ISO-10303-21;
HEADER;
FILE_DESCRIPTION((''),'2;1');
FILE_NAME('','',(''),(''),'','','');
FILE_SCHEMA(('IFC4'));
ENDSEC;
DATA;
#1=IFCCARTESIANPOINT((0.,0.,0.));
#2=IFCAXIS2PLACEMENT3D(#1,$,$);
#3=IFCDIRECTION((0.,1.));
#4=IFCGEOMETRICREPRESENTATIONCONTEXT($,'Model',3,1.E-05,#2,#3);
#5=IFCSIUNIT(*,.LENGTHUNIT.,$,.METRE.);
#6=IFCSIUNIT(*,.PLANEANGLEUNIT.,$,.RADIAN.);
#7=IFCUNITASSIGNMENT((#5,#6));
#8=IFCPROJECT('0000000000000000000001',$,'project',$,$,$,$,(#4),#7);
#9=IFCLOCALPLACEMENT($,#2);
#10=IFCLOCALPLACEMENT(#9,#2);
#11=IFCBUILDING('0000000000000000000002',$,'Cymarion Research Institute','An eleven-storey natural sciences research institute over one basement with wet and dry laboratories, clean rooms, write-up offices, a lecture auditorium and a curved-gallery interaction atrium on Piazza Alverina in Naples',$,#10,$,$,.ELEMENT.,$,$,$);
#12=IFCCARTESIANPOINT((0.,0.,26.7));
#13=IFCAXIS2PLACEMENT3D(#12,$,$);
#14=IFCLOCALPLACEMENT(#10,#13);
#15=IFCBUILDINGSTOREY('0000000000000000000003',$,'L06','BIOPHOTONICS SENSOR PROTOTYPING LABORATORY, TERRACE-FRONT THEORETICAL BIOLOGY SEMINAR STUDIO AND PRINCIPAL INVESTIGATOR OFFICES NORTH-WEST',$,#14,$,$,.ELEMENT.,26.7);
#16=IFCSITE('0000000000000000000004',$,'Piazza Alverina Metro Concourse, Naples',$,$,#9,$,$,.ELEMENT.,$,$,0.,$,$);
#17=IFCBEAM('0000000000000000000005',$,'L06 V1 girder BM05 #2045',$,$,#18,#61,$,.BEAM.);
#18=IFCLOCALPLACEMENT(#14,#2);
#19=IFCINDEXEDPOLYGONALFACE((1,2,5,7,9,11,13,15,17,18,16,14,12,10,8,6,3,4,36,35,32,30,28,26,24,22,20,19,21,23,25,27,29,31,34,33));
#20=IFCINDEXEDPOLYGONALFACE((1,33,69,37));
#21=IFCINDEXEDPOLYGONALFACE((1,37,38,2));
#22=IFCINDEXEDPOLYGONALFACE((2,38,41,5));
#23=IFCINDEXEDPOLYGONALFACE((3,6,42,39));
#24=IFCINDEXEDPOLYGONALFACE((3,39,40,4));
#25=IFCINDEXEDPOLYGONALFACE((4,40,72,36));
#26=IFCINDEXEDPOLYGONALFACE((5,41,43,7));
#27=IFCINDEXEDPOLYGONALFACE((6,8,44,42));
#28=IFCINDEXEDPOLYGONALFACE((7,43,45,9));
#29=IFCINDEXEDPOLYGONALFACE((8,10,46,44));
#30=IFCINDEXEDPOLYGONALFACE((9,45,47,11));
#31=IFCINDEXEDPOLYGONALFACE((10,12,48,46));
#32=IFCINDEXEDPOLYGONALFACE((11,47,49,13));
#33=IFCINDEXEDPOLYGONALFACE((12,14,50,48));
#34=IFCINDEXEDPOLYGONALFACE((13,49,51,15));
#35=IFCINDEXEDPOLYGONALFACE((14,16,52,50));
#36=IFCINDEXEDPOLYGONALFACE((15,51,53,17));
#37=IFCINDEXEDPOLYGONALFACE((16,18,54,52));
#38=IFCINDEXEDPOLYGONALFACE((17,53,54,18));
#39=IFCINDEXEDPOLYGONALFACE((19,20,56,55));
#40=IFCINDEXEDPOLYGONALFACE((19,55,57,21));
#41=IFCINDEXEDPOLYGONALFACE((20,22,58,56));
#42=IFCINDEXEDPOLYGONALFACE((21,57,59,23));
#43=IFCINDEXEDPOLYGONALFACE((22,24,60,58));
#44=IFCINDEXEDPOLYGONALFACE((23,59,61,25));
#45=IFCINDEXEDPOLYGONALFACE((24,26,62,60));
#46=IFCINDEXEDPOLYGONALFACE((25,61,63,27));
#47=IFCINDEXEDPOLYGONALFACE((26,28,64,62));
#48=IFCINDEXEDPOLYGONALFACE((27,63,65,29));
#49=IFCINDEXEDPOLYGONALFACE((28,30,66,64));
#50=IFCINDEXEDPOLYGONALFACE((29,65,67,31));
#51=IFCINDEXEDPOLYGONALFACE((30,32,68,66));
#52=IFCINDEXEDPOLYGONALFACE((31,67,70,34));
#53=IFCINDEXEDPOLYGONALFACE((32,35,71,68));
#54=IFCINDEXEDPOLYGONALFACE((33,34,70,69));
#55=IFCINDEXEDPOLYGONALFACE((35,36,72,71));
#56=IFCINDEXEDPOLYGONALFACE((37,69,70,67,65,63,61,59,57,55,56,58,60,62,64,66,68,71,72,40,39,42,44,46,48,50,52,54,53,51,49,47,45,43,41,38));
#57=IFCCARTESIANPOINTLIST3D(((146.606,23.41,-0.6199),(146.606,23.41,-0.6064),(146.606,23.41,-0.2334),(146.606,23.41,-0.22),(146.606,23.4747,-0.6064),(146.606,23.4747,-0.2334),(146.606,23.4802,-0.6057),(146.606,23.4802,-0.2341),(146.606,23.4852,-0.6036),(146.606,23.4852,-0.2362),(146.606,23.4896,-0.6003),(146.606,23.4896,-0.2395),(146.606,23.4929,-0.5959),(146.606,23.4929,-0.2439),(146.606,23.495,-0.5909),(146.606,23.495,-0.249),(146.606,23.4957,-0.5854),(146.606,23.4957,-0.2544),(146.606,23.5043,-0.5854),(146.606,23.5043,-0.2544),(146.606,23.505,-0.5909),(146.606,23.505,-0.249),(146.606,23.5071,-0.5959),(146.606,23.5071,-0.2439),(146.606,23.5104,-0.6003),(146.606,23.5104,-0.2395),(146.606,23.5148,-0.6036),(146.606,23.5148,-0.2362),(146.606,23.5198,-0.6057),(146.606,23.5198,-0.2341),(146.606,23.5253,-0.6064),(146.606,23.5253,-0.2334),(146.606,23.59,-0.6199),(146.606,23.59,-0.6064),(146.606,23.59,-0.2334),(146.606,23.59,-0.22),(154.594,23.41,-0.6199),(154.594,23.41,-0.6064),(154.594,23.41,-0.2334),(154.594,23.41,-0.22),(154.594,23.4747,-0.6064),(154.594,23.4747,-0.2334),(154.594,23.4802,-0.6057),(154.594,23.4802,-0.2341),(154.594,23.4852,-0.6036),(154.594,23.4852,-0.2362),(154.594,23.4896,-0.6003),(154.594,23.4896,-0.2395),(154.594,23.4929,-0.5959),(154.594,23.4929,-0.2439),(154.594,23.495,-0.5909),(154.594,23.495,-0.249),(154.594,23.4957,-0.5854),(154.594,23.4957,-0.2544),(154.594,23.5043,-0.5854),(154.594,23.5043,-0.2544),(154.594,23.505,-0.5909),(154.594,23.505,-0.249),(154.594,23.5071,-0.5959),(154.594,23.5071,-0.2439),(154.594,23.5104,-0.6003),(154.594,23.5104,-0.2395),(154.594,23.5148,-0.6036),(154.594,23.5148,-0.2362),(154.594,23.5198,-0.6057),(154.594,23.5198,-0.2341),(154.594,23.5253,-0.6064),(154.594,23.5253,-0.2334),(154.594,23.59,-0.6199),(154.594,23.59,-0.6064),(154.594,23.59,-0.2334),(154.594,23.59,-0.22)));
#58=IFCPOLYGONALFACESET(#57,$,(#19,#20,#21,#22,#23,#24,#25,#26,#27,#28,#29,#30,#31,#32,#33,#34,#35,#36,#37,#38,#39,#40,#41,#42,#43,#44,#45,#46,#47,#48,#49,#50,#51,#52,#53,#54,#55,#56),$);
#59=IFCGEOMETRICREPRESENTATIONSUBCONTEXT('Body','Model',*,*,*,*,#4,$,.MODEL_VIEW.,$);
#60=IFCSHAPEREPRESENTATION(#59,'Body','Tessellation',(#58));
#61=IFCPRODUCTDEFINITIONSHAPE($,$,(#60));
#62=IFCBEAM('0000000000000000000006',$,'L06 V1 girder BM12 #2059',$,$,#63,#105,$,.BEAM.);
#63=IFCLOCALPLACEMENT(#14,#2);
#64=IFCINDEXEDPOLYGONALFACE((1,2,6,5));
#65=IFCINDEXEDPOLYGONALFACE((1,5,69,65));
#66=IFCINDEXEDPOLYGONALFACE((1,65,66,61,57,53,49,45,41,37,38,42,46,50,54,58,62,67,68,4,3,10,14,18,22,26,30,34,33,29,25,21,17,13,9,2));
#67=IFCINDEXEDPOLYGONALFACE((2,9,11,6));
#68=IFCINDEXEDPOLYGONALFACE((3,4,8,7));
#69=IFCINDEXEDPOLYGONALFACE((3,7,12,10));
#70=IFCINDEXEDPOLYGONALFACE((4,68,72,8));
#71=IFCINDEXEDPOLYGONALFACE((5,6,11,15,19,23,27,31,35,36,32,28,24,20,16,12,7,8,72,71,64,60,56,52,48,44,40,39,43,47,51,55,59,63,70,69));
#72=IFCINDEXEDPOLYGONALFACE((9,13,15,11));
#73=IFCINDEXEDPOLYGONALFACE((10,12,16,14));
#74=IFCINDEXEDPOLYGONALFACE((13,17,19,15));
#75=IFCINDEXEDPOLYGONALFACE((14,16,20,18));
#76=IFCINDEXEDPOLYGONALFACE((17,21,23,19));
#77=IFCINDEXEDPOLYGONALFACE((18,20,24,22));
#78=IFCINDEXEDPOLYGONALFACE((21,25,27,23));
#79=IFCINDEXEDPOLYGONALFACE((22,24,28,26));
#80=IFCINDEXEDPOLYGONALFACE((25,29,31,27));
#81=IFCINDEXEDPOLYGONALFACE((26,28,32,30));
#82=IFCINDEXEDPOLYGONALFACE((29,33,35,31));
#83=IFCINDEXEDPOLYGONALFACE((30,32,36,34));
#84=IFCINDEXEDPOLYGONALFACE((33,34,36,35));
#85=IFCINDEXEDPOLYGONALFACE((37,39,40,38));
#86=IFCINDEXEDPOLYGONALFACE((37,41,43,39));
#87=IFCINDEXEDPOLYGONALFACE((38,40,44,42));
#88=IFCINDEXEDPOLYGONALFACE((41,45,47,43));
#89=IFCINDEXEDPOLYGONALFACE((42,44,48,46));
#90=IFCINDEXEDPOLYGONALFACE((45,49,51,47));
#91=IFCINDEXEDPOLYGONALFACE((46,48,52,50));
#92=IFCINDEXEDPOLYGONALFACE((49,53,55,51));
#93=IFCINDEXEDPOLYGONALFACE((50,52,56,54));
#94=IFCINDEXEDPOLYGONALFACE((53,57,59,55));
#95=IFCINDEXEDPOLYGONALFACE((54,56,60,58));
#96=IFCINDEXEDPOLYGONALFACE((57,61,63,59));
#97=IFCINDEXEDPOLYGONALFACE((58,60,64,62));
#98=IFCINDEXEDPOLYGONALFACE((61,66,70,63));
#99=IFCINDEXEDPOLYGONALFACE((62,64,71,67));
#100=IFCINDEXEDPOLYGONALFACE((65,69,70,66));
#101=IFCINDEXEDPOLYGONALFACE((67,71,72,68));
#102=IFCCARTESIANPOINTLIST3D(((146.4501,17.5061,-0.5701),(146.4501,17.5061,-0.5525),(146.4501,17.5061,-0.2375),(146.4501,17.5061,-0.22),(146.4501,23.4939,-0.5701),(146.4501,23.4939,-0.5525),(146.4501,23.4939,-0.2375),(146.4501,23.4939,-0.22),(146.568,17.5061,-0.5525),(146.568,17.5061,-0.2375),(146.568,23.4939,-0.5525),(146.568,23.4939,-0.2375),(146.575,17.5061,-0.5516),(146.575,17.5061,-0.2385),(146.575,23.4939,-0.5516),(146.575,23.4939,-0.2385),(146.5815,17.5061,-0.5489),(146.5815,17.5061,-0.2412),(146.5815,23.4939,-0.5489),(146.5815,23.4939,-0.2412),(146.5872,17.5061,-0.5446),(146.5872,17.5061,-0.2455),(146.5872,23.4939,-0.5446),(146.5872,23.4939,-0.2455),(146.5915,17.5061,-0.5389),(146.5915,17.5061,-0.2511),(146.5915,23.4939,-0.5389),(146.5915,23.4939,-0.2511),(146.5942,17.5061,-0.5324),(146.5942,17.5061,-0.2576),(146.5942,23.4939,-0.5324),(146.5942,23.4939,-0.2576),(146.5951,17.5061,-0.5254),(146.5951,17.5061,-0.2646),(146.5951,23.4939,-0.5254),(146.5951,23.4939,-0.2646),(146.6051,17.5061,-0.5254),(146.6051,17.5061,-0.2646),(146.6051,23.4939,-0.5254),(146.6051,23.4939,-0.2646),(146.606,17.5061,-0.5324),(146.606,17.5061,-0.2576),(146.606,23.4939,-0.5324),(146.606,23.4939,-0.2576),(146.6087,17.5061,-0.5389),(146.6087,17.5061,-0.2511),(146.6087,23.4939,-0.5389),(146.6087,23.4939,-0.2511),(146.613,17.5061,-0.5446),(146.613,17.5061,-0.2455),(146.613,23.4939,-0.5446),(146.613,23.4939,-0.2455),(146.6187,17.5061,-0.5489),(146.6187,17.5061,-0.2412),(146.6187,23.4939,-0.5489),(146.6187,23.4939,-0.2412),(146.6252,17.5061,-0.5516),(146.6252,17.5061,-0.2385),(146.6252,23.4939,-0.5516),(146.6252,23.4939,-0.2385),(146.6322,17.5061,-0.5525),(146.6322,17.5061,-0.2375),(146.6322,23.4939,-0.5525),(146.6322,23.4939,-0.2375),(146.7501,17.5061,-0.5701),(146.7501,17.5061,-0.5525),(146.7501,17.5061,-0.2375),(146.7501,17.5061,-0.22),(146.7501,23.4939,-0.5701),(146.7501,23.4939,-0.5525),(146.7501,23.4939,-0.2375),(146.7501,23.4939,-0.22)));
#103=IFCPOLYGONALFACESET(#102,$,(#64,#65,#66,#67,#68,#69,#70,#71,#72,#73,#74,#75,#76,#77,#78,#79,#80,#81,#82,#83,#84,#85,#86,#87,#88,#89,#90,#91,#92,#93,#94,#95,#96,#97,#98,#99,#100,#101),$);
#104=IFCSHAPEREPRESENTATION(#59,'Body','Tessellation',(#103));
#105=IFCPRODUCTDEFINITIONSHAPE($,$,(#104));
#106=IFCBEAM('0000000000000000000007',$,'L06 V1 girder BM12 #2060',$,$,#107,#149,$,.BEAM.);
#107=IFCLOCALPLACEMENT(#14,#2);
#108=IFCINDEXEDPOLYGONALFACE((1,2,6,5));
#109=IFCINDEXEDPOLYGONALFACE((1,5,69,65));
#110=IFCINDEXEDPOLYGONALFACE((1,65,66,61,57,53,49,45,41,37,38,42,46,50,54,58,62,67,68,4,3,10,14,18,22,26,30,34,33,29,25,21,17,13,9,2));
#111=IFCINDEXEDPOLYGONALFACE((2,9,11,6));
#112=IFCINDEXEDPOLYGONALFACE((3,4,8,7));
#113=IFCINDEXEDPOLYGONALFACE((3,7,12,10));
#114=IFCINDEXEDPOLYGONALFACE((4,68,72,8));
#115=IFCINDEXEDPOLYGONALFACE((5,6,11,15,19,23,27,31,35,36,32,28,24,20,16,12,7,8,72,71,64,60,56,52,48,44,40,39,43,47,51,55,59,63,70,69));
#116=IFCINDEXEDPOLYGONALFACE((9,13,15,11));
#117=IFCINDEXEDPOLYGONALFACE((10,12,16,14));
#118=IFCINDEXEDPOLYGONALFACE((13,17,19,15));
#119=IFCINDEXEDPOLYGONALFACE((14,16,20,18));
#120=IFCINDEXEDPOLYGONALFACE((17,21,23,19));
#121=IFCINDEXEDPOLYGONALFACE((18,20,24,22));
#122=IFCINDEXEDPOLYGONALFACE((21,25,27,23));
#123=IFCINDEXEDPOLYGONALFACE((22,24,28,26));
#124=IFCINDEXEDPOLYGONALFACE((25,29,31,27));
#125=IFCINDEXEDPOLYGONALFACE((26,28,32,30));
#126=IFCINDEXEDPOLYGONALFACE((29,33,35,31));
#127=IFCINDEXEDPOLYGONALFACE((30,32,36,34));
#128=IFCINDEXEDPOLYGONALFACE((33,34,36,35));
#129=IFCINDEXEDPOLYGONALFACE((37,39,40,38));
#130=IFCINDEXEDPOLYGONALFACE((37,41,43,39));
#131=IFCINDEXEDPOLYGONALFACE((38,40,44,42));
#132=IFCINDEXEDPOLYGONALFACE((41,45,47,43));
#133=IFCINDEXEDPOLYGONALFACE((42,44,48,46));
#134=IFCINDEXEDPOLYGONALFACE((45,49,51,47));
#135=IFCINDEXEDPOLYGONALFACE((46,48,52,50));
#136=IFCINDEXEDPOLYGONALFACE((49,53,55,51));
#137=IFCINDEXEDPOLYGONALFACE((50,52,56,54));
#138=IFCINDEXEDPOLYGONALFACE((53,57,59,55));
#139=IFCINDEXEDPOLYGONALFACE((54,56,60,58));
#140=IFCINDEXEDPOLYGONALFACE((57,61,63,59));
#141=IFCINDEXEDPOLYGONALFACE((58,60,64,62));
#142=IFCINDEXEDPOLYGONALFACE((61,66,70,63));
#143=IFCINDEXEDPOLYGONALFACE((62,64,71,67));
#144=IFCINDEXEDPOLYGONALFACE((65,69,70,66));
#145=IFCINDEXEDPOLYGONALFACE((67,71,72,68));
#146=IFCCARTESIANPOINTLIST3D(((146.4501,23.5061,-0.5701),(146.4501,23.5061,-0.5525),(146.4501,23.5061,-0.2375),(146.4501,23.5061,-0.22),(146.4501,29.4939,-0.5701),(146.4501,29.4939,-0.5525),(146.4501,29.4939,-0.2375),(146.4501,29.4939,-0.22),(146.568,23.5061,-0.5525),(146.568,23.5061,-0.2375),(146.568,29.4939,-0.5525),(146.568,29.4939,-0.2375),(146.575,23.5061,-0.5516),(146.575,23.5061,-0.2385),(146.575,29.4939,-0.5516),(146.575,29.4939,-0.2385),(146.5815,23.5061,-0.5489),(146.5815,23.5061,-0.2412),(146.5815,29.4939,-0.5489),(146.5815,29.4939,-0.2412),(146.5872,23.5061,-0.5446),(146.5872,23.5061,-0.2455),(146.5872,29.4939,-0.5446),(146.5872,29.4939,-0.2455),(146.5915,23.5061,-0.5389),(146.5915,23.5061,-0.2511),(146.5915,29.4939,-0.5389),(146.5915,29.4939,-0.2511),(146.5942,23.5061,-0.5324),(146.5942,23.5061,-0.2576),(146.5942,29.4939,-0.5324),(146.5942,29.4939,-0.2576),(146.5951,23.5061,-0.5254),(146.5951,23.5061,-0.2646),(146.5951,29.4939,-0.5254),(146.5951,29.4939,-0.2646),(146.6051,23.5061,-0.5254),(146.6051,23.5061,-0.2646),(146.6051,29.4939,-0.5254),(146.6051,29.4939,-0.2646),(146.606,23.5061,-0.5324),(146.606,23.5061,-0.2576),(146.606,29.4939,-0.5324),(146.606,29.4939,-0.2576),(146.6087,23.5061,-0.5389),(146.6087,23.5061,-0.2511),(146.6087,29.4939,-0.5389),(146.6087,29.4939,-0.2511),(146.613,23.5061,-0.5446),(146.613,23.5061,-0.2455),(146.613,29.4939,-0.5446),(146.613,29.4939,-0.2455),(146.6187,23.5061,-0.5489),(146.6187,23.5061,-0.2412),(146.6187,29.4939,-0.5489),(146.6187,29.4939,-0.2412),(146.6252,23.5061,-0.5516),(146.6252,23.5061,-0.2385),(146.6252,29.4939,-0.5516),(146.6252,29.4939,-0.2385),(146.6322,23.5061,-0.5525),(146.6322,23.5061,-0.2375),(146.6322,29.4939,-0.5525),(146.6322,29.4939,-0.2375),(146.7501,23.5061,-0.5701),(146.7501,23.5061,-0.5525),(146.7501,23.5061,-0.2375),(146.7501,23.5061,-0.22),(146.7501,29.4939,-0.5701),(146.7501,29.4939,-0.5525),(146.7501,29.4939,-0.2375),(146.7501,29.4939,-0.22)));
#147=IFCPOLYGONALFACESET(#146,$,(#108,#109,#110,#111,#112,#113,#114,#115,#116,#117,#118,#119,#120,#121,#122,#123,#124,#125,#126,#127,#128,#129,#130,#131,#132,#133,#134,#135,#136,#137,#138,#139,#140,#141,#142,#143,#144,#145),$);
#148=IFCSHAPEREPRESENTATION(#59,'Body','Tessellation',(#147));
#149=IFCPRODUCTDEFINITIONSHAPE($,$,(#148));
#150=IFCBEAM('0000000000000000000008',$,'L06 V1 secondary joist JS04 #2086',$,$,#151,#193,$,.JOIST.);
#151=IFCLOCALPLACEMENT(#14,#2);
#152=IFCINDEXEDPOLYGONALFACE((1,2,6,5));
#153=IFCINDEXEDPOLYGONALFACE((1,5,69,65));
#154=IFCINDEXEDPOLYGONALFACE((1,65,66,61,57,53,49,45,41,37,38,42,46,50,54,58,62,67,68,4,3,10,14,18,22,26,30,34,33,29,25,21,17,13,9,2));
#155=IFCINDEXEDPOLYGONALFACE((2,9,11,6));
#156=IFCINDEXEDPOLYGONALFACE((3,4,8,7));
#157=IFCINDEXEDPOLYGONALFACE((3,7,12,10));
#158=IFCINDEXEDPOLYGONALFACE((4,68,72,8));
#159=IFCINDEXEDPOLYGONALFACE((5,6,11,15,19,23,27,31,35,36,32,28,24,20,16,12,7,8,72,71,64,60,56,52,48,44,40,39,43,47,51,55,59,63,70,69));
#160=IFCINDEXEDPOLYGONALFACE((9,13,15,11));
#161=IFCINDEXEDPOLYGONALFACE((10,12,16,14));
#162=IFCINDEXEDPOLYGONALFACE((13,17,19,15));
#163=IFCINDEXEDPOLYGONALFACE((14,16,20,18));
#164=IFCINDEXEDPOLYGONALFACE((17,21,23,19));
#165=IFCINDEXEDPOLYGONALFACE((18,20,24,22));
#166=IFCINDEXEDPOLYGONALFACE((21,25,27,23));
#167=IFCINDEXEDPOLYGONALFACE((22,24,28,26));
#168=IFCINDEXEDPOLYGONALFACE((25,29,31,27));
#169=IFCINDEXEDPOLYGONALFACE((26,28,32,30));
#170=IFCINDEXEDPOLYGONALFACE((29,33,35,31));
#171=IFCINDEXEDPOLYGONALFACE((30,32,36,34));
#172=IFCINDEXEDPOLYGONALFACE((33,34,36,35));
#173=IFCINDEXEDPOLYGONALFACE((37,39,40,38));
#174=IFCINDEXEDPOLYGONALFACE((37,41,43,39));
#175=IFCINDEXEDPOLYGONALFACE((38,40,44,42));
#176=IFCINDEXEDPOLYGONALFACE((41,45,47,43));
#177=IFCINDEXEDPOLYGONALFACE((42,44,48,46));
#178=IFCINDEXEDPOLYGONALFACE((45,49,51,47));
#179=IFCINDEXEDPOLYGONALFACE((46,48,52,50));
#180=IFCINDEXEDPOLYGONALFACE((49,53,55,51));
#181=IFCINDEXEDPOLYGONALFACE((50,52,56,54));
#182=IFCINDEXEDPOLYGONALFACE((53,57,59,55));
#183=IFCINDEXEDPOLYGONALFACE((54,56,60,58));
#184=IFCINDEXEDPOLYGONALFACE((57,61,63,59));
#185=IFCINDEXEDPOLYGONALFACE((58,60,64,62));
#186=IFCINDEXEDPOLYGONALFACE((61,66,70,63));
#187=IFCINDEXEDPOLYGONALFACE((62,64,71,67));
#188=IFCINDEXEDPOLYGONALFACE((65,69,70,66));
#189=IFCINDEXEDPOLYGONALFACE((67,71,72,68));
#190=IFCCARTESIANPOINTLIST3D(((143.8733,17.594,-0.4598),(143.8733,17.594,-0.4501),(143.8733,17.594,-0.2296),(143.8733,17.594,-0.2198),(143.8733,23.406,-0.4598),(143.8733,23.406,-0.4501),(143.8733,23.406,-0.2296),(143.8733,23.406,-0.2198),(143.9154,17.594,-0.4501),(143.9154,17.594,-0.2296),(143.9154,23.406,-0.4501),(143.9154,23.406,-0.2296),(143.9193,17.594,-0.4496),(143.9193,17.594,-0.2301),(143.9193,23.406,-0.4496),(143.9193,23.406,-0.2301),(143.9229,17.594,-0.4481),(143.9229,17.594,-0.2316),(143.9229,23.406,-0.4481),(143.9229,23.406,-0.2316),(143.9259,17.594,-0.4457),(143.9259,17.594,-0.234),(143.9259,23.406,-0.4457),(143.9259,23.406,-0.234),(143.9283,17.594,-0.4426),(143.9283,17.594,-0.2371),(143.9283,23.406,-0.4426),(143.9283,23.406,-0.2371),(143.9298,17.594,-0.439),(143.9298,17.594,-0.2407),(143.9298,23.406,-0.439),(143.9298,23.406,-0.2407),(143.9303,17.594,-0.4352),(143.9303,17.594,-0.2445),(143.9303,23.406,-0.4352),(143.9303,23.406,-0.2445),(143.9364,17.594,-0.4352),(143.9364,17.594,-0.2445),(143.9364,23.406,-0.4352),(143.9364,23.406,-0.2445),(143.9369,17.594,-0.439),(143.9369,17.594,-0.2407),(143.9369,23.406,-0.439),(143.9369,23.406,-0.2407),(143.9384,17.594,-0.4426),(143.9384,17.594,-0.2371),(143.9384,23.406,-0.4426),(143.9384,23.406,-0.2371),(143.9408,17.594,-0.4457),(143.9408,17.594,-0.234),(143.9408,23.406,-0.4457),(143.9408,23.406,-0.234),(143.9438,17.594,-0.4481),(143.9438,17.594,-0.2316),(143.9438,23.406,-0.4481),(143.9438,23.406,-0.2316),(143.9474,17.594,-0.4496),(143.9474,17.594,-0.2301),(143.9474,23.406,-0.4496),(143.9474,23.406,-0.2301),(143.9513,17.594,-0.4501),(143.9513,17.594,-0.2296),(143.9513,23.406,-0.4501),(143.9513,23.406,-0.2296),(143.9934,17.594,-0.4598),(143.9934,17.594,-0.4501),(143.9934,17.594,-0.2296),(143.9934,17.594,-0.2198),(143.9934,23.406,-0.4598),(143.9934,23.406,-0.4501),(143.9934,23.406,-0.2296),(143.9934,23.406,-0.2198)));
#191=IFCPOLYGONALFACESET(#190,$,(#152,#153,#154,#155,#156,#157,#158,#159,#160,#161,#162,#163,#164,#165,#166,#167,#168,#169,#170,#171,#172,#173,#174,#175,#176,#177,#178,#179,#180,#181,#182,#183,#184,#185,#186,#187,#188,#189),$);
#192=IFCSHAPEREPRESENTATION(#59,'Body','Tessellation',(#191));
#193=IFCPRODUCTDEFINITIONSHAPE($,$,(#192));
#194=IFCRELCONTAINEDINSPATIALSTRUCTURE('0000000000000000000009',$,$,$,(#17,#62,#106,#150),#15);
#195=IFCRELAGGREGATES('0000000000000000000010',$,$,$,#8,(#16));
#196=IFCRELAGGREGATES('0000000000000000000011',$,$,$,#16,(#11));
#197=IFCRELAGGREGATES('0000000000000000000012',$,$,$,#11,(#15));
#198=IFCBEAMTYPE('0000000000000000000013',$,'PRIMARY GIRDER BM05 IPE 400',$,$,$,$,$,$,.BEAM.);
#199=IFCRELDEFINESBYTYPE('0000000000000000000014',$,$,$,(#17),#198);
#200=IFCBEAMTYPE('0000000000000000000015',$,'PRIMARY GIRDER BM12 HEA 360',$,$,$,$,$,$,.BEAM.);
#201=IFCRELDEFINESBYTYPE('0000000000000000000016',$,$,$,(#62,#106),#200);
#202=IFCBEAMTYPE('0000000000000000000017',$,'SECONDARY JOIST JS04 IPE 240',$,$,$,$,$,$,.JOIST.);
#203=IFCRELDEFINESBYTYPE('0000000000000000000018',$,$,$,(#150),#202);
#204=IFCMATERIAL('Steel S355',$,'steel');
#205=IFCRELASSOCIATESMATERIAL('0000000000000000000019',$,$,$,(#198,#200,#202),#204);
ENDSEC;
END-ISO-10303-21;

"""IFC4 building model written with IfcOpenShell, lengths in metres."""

from ifc_helpers import new_model, si_unit, direction, frame, origin, origin_2d, place, context, subcontext, project, spatial, i_section, extrude, material, material_profile, profile_set, type_object, element, save


model = new_model("IFC4")

# Units and contexts
model_context = context("Model", 3, precision=1e-05, world=origin(), true_north=direction((0.0, 1.0)))
body_context = subcontext(model_context, "Body", "Model", "MODEL_VIEW")
ifc_project = project(units=[si_unit("LENGTHUNIT", "METRE"), si_unit("PLANEANGLEUNIT", "RADIAN")], contexts=[model_context])

# Site, building, storey
site_placement = place(None, origin())
site = spatial("IfcSite", under=ifc_project, at=site_placement, Name="Piazza Alverina Metro Concourse, Naples", CompositionType="ELEMENT", RefElevation=0.0)
building_placement = place(site_placement, origin())
building = spatial("IfcBuilding", under=site, at=building_placement, Name="Cymarion Research Institute", Description="An eleven-storey natural sciences research institute over one basement with wet and dry laboratories, clean rooms, write-up offices, a lecture auditorium and a curved-gallery interaction atrium on Piazza Alverina in Naples", CompositionType="ELEMENT")
storey_placement = place(building_placement, frame((0.0, 0.0, 26.7)))
storey = spatial("IfcBuildingStorey", under=building, at=storey_placement, Name="L06", Description="BIOPHOTONICS SENSOR PROTOTYPING LABORATORY, TERRACE-FRONT THEORETICAL BIOLOGY SEMINAR STUDIO AND PRINCIPAL INVESTIGATOR OFFICES NORTH-WEST", CompositionType="ELEMENT", Elevation=26.7)

# Shared definitions
ifc_material_1 = material(Name="Steel S355", Category="steel")

# Beams
ifc_material_profile_1 = material_profile(ifc_material_1, i_section(OverallWidth=0.1799, OverallDepth=0.3999, WebThickness=0.0085, FlangeThickness=0.0134, FilletRadius=0.021, at=origin_2d()), Name="IPE 400")
ifc_profile_set_1 = profile_set([ifc_material_profile_1], Name="Steel S355")
beam_type_1 = type_object("IfcBeamType", Name="PRIMARY GIRDER BM05 IPE 400", PredefinedType="BEAM", material=ifc_profile_set_1)
for number, where, z_axis, x_axis, name in (
    (1, (146.606, 23.5, -0.4199), (1.0, 0.0, 0.0), (0.0, 1.0, 0.0), "L06 V1 girder BM05 #2045"),
):
    element("IfcBeam", number, at=place(storey_placement, frame(where, z_axis=z_axis, x_axis=x_axis)), inside=storey, type_object=beam_type_1, Name=name, PredefinedType="BEAM", context=body_context, shape_type="SweptSolid", body=[
        extrude(i_section(OverallWidth=0.1799, OverallDepth=0.3999, WebThickness=0.0085, FlangeThickness=0.0134, FilletRadius=0.021, at=origin_2d()), origin(), (0.0, 0.0, 1.0), 7.988),
    ])
ifc_material_profile_2 = material_profile(ifc_material_1, i_section(OverallWidth=0.3, OverallDepth=0.3501, WebThickness=0.01, FlangeThickness=0.0176, FilletRadius=0.0271, at=origin_2d()), Name="HEA 360")
ifc_profile_set_2 = profile_set([ifc_material_profile_2], Name="Steel S355")
beam_type_2 = type_object("IfcBeamType", Name="PRIMARY GIRDER BM12 HEA 360", PredefinedType="BEAM", material=ifc_profile_set_2)
for number, where, z_axis, x_axis, name in (
    (2, (146.6001, 17.5061, -0.395), (0.0, 1.0, 0.0), (-1.0, 0.0, 0.0), "L06 V1 girder BM12 #2059"),
    (3, (146.6001, 23.5061, -0.395), (0.0, 1.0, 0.0), (-1.0, 0.0, 0.0), "L06 V1 girder BM12 #2060"),
):
    element("IfcBeam", number, at=place(storey_placement, frame(where, z_axis=z_axis, x_axis=x_axis)), inside=storey, type_object=beam_type_2, Name=name, PredefinedType="BEAM", context=body_context, shape_type="SweptSolid", body=[
        extrude(i_section(OverallWidth=0.3, OverallDepth=0.3501, WebThickness=0.01, FlangeThickness=0.0176, FilletRadius=0.0271, at=origin_2d()), origin(), (0.0, 0.0, 1.0), 5.9878),
    ])
ifc_material_profile_3 = material_profile(ifc_material_1, i_section(OverallWidth=0.1201, OverallDepth=0.24, WebThickness=0.0061, FlangeThickness=0.0098, FilletRadius=0.0149, at=origin_2d()), Name="IPE 240")
ifc_profile_set_3 = profile_set([ifc_material_profile_3], Name="Steel S355")
beam_type_3 = type_object("IfcBeamType", Name="SECONDARY JOIST JS04 IPE 240", PredefinedType="JOIST", material=ifc_profile_set_3)
for number, where, z_axis, x_axis, name in (
    (4, (143.9333, 17.594, -0.3398), (0.0, 1.0, 0.0), (-1.0, 0.0, 0.0), "L06 V1 secondary joist JS04 #2086"),
):
    element("IfcBeam", number, at=place(storey_placement, frame(where, z_axis=z_axis, x_axis=x_axis)), inside=storey, type_object=beam_type_3, Name=name, PredefinedType="JOIST", context=body_context, shape_type="SweptSolid", body=[
        extrude(i_section(OverallWidth=0.1201, OverallDepth=0.24, WebThickness=0.0061, FlangeThickness=0.0098, FilletRadius=0.0149, at=origin_2d()), origin(), (0.0, 0.0, 1.0), 5.812),
    ])

save(model, "model.ifc")
